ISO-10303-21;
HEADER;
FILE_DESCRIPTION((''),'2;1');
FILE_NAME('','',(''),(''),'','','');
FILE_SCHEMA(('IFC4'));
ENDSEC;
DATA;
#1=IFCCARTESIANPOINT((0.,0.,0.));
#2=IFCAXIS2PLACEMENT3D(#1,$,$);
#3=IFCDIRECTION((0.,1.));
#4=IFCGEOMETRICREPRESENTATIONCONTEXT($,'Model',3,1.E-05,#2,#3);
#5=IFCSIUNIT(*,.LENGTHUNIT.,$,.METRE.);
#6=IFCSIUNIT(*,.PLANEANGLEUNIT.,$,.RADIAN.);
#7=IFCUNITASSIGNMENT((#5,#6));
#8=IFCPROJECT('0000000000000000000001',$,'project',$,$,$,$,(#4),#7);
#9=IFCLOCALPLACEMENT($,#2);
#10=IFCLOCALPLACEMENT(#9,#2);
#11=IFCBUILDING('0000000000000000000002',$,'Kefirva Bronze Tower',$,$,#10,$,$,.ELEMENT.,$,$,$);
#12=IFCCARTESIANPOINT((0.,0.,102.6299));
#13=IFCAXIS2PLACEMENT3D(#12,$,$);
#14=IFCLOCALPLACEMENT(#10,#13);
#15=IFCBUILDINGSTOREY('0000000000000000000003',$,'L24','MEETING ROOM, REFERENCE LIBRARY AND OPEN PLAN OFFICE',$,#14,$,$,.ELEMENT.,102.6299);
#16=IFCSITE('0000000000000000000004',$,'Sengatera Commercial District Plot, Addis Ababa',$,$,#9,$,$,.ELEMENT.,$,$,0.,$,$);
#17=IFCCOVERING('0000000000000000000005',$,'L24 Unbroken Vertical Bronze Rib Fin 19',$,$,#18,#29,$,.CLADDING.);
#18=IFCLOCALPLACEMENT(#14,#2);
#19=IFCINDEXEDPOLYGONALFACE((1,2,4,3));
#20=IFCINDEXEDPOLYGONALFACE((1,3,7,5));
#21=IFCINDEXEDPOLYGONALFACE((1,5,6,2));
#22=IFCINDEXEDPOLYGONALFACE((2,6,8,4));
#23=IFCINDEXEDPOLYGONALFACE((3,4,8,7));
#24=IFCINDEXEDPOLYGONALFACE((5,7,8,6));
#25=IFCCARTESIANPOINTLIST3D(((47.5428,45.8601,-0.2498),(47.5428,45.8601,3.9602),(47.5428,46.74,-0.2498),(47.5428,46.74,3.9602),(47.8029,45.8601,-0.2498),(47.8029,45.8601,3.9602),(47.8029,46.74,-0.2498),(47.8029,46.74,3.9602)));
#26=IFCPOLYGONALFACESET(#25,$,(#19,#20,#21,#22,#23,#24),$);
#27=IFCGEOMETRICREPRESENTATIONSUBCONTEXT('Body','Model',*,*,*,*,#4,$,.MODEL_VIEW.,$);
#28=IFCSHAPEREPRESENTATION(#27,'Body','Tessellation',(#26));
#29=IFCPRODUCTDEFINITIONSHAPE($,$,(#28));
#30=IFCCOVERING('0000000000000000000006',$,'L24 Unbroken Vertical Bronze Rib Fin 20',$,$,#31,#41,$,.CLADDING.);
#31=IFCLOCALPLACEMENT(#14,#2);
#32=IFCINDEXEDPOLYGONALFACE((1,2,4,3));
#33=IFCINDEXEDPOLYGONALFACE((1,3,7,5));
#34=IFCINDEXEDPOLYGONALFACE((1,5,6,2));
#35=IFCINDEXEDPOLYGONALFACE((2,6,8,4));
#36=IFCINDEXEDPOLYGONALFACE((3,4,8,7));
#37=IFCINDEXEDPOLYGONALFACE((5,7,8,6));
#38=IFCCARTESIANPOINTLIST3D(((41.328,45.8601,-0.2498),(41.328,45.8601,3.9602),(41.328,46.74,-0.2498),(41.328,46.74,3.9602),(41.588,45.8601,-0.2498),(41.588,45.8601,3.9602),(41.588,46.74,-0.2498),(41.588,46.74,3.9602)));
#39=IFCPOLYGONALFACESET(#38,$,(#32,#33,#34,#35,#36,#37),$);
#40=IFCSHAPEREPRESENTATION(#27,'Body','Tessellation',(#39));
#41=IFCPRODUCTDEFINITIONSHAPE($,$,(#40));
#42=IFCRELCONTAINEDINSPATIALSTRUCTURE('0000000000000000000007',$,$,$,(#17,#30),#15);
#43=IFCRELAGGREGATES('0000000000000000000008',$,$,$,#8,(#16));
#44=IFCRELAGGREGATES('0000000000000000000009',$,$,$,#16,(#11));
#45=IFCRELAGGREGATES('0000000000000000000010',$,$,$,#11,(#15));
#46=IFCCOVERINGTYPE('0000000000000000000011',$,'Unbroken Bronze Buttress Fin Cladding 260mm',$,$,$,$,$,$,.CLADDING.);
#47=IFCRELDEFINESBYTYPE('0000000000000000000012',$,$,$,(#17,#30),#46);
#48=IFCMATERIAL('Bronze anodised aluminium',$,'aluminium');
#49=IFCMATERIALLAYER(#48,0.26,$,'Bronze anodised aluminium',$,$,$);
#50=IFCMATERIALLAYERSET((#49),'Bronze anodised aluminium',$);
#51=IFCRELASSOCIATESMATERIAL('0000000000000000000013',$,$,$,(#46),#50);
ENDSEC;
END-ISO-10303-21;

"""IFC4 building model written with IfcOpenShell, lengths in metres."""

from ifc_helpers import new_model, si_unit, direction, frame, origin, origin_2d, place, context, subcontext, project, spatial, rectangle, extrude, material, layer, layer_set, type_object, element, save


model = new_model("IFC4")

# Units and contexts
model_context = context("Model", 3, precision=1e-05, world=origin(), true_north=direction((0.0, 1.0)))
body_context = subcontext(model_context, "Body", "Model", "MODEL_VIEW")
ifc_project = project(units=[si_unit("LENGTHUNIT", "METRE"), si_unit("PLANEANGLEUNIT", "RADIAN")], contexts=[model_context])

# Site, building, storey
site_placement = place(None, origin())
site = spatial("IfcSite", under=ifc_project, at=site_placement, Name="Sengatera Commercial District Plot, Addis Ababa", CompositionType="ELEMENT", RefElevation=0.0)
building_placement = place(site_placement, origin())
building = spatial("IfcBuilding", under=site, at=building_placement, Name="Kefirva Bronze Tower", CompositionType="ELEMENT")
storey_placement = place(building_placement, frame((0.0, 0.0, 102.6299)))
storey = spatial("IfcBuildingStorey", under=building, at=storey_placement, Name="L24", Description="MEETING ROOM, REFERENCE LIBRARY AND OPEN PLAN OFFICE", CompositionType="ELEMENT", Elevation=102.6299)

# Shared definitions
ifc_material_1 = material(Name="Bronze anodised aluminium", Category="aluminium")

# Coverings
ifc_layer_1 = layer(ifc_material_1, 0.26, Name="Bronze anodised aluminium")
ifc_layer_set_1 = layer_set([ifc_layer_1], Name="Bronze anodised aluminium")
covering_type_1 = type_object("IfcCoveringType", Name="Unbroken Bronze Buttress Fin Cladding 260mm", PredefinedType="CLADDING", material=ifc_layer_set_1)
for number, where, z_axis, x_axis, name in (
    (1, (47.6729, 46.3, -0.2498), (0.0, 0.0, 1.0), (-1.0, 0.0, 0.0), "L24 Unbroken Vertical Bronze Rib Fin 19"),
    (2, (41.458, 46.3, -0.2498), (0.0, 0.0, 1.0), (-1.0, 0.0, 0.0), "L24 Unbroken Vertical Bronze Rib Fin 20"),
):
    element("IfcCovering", number, at=place(storey_placement, frame(where, z_axis=z_axis, x_axis=x_axis)), inside=storey, type_object=covering_type_1, Name=name, PredefinedType="CLADDING", context=body_context, shape_type="SweptSolid", body=[
        extrude(rectangle(XDim=0.26, YDim=0.8799, at=origin_2d()), origin(), (0.0, 0.0, 1.0), 4.21),
    ])

save(model, "model.ifc")
